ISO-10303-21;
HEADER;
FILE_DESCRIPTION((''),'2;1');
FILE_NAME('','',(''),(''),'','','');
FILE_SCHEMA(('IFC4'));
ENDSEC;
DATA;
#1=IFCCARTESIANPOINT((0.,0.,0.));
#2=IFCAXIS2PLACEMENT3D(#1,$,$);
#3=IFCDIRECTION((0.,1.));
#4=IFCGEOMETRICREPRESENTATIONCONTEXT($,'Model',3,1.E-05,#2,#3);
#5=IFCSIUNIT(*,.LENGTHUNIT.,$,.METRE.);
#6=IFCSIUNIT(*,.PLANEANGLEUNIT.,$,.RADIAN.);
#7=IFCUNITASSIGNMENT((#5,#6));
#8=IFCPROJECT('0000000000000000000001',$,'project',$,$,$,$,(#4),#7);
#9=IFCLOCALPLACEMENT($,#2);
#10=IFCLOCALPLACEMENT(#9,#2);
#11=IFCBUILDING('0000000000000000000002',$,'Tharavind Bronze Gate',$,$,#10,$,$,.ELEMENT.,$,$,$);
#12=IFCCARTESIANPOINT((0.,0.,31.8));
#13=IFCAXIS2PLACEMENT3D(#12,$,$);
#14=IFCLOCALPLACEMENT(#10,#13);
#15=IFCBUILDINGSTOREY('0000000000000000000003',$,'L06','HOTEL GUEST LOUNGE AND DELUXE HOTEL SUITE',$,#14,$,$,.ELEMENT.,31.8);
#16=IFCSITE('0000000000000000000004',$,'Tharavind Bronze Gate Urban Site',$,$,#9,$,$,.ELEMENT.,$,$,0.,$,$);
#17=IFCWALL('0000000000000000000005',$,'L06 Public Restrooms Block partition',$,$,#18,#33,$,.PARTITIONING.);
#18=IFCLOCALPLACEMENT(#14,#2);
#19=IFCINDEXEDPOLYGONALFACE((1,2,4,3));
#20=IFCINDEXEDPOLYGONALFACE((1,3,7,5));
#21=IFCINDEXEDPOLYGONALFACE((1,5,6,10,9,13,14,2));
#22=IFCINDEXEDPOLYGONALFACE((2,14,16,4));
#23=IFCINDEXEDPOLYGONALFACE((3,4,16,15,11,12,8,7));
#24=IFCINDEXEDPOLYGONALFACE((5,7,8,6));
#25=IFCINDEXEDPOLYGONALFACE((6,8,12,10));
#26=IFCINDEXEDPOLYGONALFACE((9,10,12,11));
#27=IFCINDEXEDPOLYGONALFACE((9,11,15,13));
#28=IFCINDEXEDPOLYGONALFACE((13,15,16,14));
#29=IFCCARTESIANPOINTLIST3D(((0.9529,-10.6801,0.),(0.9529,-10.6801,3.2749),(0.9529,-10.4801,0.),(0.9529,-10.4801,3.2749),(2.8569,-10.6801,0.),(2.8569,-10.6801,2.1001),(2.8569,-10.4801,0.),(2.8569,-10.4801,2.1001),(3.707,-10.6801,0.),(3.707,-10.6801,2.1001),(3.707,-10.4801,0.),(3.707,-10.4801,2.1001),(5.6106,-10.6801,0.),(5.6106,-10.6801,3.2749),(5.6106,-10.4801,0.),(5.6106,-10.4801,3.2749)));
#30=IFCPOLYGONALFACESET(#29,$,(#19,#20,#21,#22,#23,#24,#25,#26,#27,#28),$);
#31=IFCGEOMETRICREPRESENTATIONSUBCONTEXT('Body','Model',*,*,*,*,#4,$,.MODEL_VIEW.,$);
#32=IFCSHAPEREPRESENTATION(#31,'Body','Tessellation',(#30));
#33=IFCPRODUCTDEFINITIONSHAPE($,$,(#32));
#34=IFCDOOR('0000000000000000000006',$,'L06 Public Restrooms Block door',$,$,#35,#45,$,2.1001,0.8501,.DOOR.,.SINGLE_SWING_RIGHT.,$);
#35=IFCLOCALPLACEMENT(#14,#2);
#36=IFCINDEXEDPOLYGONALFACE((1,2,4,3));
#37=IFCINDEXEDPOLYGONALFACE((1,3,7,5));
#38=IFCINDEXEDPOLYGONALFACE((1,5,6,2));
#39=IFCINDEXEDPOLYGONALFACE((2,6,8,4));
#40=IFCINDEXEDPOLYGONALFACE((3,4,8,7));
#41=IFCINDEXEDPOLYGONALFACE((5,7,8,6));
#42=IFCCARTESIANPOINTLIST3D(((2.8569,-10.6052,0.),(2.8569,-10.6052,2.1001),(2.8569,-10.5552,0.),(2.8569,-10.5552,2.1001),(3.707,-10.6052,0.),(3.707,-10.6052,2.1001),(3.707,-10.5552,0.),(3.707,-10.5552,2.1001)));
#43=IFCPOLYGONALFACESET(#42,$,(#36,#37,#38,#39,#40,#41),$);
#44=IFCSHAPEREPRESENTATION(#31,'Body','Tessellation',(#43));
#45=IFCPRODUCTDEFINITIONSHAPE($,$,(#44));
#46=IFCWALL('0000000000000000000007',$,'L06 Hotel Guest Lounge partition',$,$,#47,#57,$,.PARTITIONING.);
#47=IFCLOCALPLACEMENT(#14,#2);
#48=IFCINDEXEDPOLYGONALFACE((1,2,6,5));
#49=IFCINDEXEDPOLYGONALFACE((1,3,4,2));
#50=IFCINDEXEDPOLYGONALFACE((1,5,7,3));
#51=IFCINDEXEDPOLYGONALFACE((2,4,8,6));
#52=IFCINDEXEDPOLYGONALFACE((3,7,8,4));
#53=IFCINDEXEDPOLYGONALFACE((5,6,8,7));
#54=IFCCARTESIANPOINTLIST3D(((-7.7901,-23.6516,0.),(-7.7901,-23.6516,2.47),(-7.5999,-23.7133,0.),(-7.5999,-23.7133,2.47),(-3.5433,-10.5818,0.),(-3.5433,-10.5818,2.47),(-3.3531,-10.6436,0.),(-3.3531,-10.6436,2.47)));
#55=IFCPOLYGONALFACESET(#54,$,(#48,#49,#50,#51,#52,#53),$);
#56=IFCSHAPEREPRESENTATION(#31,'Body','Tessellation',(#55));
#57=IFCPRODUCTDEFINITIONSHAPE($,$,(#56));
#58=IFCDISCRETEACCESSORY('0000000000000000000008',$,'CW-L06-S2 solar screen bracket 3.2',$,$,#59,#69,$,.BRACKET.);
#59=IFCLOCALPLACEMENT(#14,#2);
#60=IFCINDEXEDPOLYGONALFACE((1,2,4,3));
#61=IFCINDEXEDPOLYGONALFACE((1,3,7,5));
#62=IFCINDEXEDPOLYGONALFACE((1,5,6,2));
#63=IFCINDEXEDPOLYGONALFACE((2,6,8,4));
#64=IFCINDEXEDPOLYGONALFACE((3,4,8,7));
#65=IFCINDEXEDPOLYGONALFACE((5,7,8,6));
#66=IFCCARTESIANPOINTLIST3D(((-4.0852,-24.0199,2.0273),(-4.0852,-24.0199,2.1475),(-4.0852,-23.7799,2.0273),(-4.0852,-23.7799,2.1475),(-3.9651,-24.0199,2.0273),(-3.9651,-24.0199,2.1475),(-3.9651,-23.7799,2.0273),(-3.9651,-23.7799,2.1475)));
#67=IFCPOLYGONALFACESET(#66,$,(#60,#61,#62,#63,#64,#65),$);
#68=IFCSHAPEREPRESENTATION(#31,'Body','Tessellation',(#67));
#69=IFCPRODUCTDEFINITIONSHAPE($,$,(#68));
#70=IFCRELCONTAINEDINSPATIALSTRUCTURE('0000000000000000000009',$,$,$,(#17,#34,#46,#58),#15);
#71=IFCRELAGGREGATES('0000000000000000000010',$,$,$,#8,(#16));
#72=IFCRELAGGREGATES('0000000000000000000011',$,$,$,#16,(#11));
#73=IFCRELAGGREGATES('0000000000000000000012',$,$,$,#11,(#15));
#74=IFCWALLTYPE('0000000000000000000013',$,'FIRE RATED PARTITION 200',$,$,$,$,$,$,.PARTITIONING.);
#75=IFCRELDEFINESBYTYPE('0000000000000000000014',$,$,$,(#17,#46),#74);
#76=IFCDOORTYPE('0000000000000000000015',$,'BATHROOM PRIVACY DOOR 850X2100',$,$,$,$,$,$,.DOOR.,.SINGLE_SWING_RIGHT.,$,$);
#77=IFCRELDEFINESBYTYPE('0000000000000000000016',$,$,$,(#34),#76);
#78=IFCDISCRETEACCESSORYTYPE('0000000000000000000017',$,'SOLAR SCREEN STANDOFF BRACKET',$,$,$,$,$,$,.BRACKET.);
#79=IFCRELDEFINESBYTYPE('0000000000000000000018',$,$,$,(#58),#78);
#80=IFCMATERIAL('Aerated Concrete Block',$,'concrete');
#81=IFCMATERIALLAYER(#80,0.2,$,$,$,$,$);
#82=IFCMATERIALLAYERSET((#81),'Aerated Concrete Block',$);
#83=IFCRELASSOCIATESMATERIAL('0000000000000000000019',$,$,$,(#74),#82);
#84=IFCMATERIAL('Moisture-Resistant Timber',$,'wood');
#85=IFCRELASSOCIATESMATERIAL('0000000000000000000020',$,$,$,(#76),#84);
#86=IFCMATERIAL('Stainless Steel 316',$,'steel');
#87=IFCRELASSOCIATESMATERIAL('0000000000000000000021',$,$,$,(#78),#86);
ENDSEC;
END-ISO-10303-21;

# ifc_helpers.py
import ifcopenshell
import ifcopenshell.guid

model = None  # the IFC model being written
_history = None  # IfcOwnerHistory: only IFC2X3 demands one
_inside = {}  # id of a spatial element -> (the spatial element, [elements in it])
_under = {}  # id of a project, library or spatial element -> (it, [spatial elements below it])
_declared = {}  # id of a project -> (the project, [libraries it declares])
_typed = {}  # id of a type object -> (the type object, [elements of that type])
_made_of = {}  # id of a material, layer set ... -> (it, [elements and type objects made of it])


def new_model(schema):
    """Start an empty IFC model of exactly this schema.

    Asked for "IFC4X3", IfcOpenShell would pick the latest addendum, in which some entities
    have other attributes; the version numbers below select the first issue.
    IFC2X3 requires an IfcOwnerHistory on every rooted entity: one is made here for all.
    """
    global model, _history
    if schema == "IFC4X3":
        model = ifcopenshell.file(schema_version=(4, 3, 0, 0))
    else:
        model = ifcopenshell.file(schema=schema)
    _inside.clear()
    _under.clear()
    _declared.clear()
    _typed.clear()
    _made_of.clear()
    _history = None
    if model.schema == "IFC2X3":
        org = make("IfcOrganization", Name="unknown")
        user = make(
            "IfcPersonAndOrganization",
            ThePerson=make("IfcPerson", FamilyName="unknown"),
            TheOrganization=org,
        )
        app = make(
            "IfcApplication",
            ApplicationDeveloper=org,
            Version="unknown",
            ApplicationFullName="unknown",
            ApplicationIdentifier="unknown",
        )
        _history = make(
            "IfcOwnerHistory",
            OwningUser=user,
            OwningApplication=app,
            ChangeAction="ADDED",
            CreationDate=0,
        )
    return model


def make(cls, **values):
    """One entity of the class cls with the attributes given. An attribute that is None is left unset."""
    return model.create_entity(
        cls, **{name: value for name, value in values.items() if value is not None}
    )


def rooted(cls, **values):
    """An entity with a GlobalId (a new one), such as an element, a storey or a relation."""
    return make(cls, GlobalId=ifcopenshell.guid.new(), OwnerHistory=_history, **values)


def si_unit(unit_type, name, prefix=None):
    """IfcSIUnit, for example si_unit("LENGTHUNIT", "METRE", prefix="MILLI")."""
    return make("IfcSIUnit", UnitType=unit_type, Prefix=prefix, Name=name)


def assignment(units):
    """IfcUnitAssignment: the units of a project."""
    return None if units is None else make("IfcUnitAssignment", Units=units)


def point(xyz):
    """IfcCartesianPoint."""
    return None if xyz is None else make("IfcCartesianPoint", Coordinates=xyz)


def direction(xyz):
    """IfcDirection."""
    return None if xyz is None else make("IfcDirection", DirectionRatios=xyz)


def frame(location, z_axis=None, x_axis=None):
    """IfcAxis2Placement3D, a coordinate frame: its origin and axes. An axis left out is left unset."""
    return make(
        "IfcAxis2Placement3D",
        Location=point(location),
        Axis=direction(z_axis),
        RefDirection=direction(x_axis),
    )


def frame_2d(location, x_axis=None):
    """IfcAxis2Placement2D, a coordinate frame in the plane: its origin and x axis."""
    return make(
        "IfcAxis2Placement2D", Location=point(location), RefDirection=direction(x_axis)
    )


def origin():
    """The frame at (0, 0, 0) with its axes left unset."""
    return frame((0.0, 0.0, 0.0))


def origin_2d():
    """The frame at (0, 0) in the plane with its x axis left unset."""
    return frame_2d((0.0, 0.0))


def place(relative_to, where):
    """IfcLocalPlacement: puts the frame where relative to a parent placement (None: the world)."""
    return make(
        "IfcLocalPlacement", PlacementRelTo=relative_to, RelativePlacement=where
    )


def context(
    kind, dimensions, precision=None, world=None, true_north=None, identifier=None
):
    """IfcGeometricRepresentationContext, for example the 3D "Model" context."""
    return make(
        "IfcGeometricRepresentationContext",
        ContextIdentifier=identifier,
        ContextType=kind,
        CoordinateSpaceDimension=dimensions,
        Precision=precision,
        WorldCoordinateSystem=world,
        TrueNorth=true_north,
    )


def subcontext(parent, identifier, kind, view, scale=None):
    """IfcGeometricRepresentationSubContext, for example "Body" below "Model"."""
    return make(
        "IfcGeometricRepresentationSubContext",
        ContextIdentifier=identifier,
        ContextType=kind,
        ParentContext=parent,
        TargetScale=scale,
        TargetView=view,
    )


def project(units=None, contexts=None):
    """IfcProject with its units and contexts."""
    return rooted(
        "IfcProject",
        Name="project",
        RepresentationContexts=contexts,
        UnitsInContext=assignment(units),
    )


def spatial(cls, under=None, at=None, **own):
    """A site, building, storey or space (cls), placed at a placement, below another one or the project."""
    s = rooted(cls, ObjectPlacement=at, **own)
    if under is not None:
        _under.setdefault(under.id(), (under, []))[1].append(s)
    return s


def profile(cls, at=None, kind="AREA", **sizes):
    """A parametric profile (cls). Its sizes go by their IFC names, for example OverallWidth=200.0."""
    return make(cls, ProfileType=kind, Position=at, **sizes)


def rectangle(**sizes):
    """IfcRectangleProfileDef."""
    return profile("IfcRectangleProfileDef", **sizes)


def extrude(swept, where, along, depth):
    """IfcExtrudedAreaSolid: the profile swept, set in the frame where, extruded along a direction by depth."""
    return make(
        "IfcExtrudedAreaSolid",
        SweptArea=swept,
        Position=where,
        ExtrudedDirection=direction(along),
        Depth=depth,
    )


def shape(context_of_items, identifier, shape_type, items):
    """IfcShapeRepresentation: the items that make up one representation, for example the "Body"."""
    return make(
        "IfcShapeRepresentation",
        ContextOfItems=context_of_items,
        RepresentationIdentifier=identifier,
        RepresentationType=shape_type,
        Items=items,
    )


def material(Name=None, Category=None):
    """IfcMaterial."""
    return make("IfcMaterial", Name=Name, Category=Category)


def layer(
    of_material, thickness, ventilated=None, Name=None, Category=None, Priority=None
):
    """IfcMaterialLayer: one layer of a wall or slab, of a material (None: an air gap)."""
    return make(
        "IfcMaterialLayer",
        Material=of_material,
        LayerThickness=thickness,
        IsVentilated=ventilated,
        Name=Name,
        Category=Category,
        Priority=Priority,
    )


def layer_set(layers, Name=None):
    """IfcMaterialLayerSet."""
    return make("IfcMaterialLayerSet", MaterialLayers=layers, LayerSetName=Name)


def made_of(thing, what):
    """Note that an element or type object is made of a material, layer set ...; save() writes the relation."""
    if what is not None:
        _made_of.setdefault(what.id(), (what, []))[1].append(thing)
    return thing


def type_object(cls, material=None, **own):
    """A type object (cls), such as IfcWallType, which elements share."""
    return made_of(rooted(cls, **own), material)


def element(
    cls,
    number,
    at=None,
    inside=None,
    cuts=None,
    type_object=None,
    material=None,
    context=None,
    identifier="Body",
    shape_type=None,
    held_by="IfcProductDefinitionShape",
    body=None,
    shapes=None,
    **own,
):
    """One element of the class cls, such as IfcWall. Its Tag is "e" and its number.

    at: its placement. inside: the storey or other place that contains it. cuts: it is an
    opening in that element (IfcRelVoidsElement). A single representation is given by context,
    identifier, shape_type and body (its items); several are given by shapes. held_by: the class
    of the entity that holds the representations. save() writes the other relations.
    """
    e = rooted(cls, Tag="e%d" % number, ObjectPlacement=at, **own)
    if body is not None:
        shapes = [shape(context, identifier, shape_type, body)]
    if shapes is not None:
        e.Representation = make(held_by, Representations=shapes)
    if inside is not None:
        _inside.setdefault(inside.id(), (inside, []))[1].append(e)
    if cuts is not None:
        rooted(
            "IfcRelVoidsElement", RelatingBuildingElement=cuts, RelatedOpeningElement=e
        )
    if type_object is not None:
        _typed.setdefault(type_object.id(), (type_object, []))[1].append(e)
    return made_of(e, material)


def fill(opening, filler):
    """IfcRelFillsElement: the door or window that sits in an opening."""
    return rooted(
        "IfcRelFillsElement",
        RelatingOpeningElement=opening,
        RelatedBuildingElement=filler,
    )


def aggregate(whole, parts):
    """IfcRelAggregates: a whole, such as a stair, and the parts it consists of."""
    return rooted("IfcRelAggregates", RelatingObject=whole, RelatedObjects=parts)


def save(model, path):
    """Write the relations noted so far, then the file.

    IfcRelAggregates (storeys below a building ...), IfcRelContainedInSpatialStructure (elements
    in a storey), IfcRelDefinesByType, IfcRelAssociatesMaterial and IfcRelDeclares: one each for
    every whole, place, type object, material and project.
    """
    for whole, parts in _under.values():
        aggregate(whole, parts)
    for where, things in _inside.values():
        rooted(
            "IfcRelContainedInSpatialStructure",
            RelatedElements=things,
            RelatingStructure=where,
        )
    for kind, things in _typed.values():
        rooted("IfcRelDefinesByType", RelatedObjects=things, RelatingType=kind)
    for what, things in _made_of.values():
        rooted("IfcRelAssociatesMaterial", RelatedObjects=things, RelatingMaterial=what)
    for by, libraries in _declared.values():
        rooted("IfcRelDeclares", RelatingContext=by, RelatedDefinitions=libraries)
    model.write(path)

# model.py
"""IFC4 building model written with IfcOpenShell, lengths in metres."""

from ifc_helpers import new_model, si_unit, direction, frame, frame_2d, origin, origin_2d, place, context, subcontext, project, spatial, rectangle, extrude, material, layer, layer_set, type_object, element, fill, save


model = new_model("IFC4")

# Units and contexts
model_context = context("Model", 3, precision=1e-05, world=origin(), true_north=direction((0.0, 1.0)))
body_context = subcontext(model_context, "Body", "Model", "MODEL_VIEW")
ifc_project = project(units=[si_unit("LENGTHUNIT", "METRE"), si_unit("PLANEANGLEUNIT", "RADIAN")], contexts=[model_context])

# Site, building, storey
site_placement = place(None, origin())
site = spatial("IfcSite", under=ifc_project, at=site_placement, Name="Tharavind Bronze Gate Urban Site", CompositionType="ELEMENT", RefElevation=0.0)
building_placement = place(site_placement, origin())
building = spatial("IfcBuilding", under=site, at=building_placement, Name="Tharavind Bronze Gate", CompositionType="ELEMENT")
storey_placement = place(building_placement, frame((0.0, 0.0, 31.8)))
storey = spatial("IfcBuildingStorey", under=building, at=storey_placement, Name="L06", Description="HOTEL GUEST LOUNGE AND DELUXE HOTEL SUITE", CompositionType="ELEMENT", Elevation=31.8)

# Wall, opening, door
ifc_material_1 = material(Name="Aerated Concrete Block", Category="concrete")
ifc_layer_1 = layer(ifc_material_1, 0.2)
ifc_layer_set_1 = layer_set([ifc_layer_1], Name="Aerated Concrete Block")
wall_type = type_object("IfcWallType", Name="FIRE RATED PARTITION 200", PredefinedType="PARTITIONING", material=ifc_layer_set_1)
wall_1_placement = place(storey_placement, frame((0.9529, -10.5801, 0.0), z_axis=(0.0, 0.0, 1.0), x_axis=(1.0, 0.0, 0.0)))
wall_1 = element("IfcWall", 1, at=wall_1_placement, inside=storey, type_object=wall_type, Name="L06 Public Restrooms Block partition", PredefinedType="PARTITIONING", context=body_context, shape_type="SweptSolid", body=[
    extrude(rectangle(XDim=4.6577, YDim=0.2, at=frame_2d((2.3289, 0.0))), origin(), (0.0, 0.0, 1.0), 3.2749),
])
opening_1_placement = place(wall_1_placement, frame((1.9041, 0.0, 0.0)))
opening_1 = element("IfcOpeningElement", 2, at=opening_1_placement, cuts=wall_1, PredefinedType="OPENING", context=body_context, shape_type="SweptSolid", body=[
    extrude(rectangle(XDim=0.8501, YDim=2.1001, at=frame_2d((0.425, 1.05))), frame((0.0, 0.1101, 0.0), z_axis=(0.0, -1.0, 0.0), x_axis=(1.0, 0.0, 0.0)), (0.0, 0.0, 1.0), 0.22),
])
ifc_material_2 = material(Name="Moisture-Resistant Timber", Category="wood")
door_type_1 = type_object("IfcDoorType", Name="BATHROOM PRIVACY DOOR 850X2100", OperationType="SINGLE_SWING_RIGHT", PredefinedType="DOOR", material=ifc_material_2)
door_1_placement = place(opening_1_placement, origin())
door_1 = element("IfcDoor", 3, at=door_1_placement, inside=storey, type_object=door_type_1, Name="L06 Public Restrooms Block door", OperationType="SINGLE_SWING_RIGHT", OverallHeight=2.1001, OverallWidth=0.8501, PredefinedType="DOOR", context=body_context, shape_type="SweptSolid", body=[
    extrude(rectangle(XDim=0.8501, YDim=2.1001, at=frame_2d((0.425, 1.05))), frame((0.0, 0.0249, 0.0), z_axis=(0.0, -1.0, 0.0), x_axis=(1.0, 0.0, 0.0)), (0.0, 0.0, 1.0), 0.05),
])
fill(opening_1, door_1)

# Wall
wall_2_placement = place(storey_placement, frame((-3.4482, -10.6128, 0.0), z_axis=(0.0, 0.0, 1.0), x_axis=(-0.309029, -0.951053, 0.0)))
element("IfcWall", 4, at=wall_2_placement, inside=storey, type_object=wall_type, Name="L06 Hotel Guest Lounge partition", PredefinedType="PARTITIONING", context=body_context, shape_type="SweptSolid", body=[
    extrude(rectangle(XDim=13.7424, YDim=0.2, at=frame_2d((6.8711, 0.0))), origin(), (0.0, 0.0, 1.0), 2.47),
])

# Discrete accessory
ifc_material_3 = material(Name="Stainless Steel 316", Category="steel")
discrete_accessory_type = type_object("IfcDiscreteAccessoryType", Name="SOLAR SCREEN STANDOFF BRACKET", PredefinedType="BRACKET", material=ifc_material_3)
discrete_accessory_placement = place(storey_placement, frame((-4.0251, -23.8999, 2.0273), z_axis=(0.0, 0.0, 1.0), x_axis=(1.0, 0.0, 0.0)))
element("IfcDiscreteAccessory", 5, at=discrete_accessory_placement, inside=storey, type_object=discrete_accessory_type, Name="CW-L06-S2 solar screen bracket 3.2", PredefinedType="BRACKET", context=body_context, shape_type="SweptSolid", body=[
    extrude(rectangle(XDim=0.1201, YDim=0.24, at=origin_2d()), origin(), (0.0, 0.0, 1.0), 0.1201),
])

save(model, "model.ifc")
